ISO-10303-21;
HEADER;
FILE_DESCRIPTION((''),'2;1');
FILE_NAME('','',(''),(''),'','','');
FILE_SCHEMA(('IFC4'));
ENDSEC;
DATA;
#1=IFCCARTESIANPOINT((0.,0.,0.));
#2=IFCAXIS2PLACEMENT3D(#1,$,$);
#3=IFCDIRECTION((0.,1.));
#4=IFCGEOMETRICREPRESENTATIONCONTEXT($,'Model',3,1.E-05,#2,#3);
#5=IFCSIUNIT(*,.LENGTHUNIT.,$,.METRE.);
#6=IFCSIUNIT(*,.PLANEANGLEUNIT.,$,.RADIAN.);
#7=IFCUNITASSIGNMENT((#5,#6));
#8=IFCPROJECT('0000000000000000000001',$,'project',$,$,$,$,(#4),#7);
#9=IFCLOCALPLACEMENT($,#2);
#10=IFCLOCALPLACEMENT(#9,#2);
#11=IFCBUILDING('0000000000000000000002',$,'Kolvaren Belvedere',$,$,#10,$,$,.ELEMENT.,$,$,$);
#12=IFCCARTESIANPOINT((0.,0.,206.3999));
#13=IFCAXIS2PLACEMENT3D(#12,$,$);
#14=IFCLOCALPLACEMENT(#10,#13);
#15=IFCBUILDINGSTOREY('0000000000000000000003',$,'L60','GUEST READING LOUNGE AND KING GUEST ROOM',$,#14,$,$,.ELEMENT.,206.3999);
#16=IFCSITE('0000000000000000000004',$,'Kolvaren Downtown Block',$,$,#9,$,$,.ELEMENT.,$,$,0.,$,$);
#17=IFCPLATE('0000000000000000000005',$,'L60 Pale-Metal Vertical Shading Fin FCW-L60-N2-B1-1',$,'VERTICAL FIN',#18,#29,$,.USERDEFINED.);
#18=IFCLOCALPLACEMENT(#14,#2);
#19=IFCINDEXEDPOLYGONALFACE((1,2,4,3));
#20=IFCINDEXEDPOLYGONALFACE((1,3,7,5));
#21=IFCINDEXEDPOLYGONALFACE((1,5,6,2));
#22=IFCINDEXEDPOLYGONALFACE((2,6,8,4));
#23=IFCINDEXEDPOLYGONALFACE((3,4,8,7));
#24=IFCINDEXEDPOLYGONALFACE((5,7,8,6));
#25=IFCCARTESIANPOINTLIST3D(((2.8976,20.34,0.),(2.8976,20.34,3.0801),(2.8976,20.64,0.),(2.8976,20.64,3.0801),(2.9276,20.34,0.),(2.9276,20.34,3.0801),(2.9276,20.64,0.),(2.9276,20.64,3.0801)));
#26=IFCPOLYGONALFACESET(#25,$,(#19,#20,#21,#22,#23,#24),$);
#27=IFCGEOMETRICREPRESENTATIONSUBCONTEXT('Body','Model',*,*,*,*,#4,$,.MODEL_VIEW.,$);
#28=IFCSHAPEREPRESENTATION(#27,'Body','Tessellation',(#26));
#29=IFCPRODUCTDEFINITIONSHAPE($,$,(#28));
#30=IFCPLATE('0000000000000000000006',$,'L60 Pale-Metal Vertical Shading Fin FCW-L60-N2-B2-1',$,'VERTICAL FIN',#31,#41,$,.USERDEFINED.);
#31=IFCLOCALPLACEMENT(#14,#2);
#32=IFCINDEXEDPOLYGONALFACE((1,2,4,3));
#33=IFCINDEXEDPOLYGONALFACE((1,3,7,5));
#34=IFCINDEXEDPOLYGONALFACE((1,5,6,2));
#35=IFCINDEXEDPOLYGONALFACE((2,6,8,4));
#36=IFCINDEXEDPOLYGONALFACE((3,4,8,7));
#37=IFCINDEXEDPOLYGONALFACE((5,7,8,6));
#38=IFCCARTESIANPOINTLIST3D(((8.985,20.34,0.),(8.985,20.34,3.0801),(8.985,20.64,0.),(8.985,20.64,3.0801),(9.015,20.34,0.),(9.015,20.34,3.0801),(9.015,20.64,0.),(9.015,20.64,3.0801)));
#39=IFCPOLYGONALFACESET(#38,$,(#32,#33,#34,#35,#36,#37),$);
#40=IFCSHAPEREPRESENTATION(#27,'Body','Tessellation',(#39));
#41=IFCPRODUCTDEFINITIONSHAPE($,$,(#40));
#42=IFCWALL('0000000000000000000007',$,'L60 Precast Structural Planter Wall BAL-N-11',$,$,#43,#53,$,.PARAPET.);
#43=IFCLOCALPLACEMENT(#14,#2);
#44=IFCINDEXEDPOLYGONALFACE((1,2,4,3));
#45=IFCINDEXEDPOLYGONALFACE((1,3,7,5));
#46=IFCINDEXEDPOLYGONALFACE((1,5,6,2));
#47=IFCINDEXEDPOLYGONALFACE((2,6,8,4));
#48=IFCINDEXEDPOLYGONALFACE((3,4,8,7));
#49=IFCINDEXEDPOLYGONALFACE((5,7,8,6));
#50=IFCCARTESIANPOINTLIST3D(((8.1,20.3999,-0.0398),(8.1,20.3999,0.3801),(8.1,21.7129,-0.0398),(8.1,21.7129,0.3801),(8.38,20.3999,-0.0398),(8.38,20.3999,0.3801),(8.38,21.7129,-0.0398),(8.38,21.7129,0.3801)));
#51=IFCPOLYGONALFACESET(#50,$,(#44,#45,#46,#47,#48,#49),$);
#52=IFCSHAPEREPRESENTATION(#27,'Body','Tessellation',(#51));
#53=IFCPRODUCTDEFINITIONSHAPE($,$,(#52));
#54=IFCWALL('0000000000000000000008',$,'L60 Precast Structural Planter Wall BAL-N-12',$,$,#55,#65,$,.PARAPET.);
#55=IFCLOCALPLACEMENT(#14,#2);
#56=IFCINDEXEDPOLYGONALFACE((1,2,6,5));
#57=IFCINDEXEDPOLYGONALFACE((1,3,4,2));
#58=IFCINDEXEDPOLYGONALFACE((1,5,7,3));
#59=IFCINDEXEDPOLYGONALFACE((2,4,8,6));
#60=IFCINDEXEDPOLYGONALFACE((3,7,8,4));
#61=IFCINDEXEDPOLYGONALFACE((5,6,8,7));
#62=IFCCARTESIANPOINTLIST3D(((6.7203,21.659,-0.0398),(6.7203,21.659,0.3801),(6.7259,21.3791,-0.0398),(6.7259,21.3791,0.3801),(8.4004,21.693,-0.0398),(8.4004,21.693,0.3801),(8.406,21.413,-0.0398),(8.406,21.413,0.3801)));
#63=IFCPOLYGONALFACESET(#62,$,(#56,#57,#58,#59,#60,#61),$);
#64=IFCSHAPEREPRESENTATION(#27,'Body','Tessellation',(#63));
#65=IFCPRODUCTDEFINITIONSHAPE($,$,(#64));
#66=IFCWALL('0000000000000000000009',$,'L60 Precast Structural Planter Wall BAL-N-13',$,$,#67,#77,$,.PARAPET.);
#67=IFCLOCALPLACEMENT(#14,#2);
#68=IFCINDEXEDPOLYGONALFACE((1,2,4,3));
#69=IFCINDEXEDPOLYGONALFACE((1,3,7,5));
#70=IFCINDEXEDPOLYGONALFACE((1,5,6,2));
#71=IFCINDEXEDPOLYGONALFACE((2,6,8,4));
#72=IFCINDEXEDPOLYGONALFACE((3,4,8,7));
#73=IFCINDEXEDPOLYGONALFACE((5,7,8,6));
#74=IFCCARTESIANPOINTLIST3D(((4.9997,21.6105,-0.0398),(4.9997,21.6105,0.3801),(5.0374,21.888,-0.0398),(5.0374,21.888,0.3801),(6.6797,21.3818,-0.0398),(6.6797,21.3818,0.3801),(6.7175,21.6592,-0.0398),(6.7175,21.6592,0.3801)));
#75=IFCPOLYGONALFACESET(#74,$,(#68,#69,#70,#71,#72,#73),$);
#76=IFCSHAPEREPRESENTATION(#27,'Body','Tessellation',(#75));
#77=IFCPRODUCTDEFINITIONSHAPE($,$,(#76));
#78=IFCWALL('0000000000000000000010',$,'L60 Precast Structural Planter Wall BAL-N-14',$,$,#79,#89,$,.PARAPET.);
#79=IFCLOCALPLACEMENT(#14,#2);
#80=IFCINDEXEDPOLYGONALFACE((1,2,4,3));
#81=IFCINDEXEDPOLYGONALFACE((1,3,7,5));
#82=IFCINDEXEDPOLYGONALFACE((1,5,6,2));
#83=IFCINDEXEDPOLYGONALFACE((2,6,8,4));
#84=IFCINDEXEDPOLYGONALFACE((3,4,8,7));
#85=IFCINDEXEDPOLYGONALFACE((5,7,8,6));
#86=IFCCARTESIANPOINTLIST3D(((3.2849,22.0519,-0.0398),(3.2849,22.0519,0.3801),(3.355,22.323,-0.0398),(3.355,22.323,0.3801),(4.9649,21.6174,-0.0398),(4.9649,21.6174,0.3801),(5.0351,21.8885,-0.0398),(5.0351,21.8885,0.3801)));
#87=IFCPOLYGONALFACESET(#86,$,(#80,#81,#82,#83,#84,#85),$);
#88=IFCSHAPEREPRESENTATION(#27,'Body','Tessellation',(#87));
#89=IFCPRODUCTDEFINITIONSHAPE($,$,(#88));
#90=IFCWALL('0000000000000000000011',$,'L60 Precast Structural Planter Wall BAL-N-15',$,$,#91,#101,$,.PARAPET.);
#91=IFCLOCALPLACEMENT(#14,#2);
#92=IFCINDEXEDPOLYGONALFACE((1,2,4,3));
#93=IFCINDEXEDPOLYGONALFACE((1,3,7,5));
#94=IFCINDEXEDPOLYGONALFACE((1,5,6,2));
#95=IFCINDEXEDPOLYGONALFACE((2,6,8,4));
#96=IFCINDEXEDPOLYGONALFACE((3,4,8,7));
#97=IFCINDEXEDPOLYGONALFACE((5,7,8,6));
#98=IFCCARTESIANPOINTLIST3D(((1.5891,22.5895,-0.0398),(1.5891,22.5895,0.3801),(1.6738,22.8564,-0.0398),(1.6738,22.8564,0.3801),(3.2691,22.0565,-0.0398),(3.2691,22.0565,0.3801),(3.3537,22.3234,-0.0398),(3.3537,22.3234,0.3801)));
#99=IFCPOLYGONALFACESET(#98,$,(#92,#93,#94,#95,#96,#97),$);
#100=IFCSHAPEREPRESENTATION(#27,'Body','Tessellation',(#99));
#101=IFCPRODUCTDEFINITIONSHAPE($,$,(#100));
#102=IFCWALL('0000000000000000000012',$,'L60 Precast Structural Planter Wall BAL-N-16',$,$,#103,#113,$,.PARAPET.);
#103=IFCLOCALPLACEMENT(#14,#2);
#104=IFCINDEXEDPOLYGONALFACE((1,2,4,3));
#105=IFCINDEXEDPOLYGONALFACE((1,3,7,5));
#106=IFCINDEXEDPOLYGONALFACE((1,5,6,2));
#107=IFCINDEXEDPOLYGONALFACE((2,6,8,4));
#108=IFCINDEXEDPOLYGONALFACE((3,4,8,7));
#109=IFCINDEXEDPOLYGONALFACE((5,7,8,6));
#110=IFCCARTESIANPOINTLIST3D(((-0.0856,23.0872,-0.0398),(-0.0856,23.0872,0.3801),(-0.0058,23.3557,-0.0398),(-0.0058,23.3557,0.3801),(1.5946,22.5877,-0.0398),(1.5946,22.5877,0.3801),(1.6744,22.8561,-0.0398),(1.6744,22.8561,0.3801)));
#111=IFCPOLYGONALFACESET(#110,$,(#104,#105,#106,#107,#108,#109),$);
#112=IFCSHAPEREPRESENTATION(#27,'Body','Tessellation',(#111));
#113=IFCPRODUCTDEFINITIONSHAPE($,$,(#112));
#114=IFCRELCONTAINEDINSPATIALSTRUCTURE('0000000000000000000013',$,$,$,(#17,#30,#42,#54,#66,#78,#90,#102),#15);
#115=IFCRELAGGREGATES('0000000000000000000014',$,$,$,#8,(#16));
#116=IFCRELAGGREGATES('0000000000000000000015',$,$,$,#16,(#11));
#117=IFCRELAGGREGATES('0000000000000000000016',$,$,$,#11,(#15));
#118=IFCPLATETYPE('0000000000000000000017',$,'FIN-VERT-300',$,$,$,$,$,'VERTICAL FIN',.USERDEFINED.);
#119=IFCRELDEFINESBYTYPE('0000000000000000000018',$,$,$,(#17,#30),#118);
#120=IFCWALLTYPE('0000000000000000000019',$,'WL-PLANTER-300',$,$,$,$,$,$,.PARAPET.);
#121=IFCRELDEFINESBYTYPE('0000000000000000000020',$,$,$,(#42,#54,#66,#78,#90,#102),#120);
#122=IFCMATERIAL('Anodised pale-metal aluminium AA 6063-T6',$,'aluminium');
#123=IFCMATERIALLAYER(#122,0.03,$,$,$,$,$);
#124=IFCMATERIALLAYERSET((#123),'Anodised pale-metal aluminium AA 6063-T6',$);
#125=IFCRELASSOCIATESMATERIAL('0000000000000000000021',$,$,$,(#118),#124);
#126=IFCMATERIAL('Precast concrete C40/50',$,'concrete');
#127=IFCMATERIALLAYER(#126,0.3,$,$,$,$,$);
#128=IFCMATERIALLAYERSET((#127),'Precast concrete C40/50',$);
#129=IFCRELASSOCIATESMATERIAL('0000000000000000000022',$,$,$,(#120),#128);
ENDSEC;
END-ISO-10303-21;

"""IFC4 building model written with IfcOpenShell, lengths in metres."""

from ifc_helpers import new_model, si_unit, direction, frame, frame_2d, origin, origin_2d, place, context, subcontext, project, spatial, rectangle, extrude, material, layer, layer_set, type_object, element, save


model = new_model("IFC4")

# Units and contexts
model_context = context("Model", 3, precision=1e-05, world=origin(), true_north=direction((0.0, 1.0)))
body_context = subcontext(model_context, "Body", "Model", "MODEL_VIEW")
ifc_project = project(units=[si_unit("LENGTHUNIT", "METRE"), si_unit("PLANEANGLEUNIT", "RADIAN")], contexts=[model_context])

# Site, building, storey
site_placement = place(None, origin())
site = spatial("IfcSite", under=ifc_project, at=site_placement, Name="Kolvaren Downtown Block", CompositionType="ELEMENT", RefElevation=0.0)
building_placement = place(site_placement, origin())
building = spatial("IfcBuilding", under=site, at=building_placement, Name="Kolvaren Belvedere", CompositionType="ELEMENT")
storey_placement = place(building_placement, frame((0.0, 0.0, 206.3999)))
storey = spatial("IfcBuildingStorey", under=building, at=storey_placement, Name="L60", Description="GUEST READING LOUNGE AND KING GUEST ROOM", CompositionType="ELEMENT", Elevation=206.3999)

# Plates
ifc_material_1 = material(Name="Anodised pale-metal aluminium AA 6063-T6", Category="aluminium")
ifc_layer_1 = layer(ifc_material_1, 0.03)
ifc_layer_set_1 = layer_set([ifc_layer_1], Name="Anodised pale-metal aluminium AA 6063-T6")
plate_type_1 = type_object("IfcPlateType", Name="FIN-VERT-300", ElementType="VERTICAL FIN", PredefinedType="USERDEFINED", material=ifc_layer_set_1)
for number, where, z_axis, x_axis, name in (
    (1, (2.9126, 20.49, 0.0), (0.0, 0.0, 1.0), (0.0, 1.0, 0.0), "L60 Pale-Metal Vertical Shading Fin FCW-L60-N2-B1-1"),
    (2, (9.0, 20.49, 0.0), (0.0, 0.0, 1.0), (0.0, 1.0, 0.0), "L60 Pale-Metal Vertical Shading Fin FCW-L60-N2-B2-1"),
):
    element("IfcPlate", number, at=place(storey_placement, frame(where, z_axis=z_axis, x_axis=x_axis)), inside=storey, type_object=plate_type_1, Name=name, ObjectType="VERTICAL FIN", PredefinedType="USERDEFINED", context=body_context, shape_type="SweptSolid", body=[
        extrude(rectangle(XDim=0.3, YDim=0.03, at=origin_2d()), origin(), (0.0, 0.0, 1.0), 3.0801),
    ])

# Walls
ifc_material_2 = material(Name="Precast concrete C40/50", Category="concrete")
ifc_layer_2 = layer(ifc_material_2, 0.3)
ifc_layer_set_2 = layer_set([ifc_layer_2], Name="Precast concrete C40/50")
wall_type = type_object("IfcWallType", Name="WL-PLANTER-300", PredefinedType="PARAPET", material=ifc_layer_set_2)
wall_1_placement = place(storey_placement, frame((8.24, 20.3999, -0.0398), z_axis=(0.0, 0.0, 1.0), x_axis=(0.0, 1.0, 0.0)))
element("IfcWall", 3, at=wall_1_placement, inside=storey, type_object=wall_type, Name="L60 Precast Structural Planter Wall BAL-N-11", PredefinedType="PARAPET", context=body_context, shape_type="SweptSolid", body=[
    extrude(rectangle(XDim=1.313, YDim=0.28, at=frame_2d((0.6565, 0.0))), origin(), (0.0, 0.0, 1.0), 0.4199),
])
wall_2_placement = place(storey_placement, frame((8.4033, 21.553, -0.0398), z_axis=(0.0, 0.0, 1.0), x_axis=(-0.999796, -0.020193, 0.0)))
element("IfcWall", 4, at=wall_2_placement, inside=storey, type_object=wall_type, Name="L60 Precast Structural Planter Wall BAL-N-12", PredefinedType="PARAPET", context=body_context, shape_type="SweptSolid", body=[
    extrude(rectangle(XDim=1.6804, YDim=0.28, at=frame_2d((0.8403, 0.0))), origin(), (0.0, 0.0, 1.0), 0.4199),
])
wall_3_placement = place(storey_placement, frame((6.6985, 21.5205, -0.0398), z_axis=(0.0, 0.0, 1.0), x_axis=(-0.990858, 0.134908, 0.0)))
element("IfcWall", 5, at=wall_3_placement, inside=storey, type_object=wall_type, Name="L60 Precast Structural Planter Wall BAL-N-13", PredefinedType="PARAPET", context=body_context, shape_type="SweptSolid", body=[
    extrude(rectangle(XDim=1.6956, YDim=0.28, at=frame_2d((0.8477, 0.0))), origin(), (0.0, 0.0, 1.0), 0.4199),
])
wall_4_placement = place(storey_placement, frame((5.0, 21.7529, -0.0398), z_axis=(0.0, 0.0, 1.0), x_axis=(-0.968141, 0.250406, 0.0)))
element("IfcWall", 6, at=wall_4_placement, inside=storey, type_object=wall_type, Name="L60 Precast Structural Planter Wall BAL-N-14", PredefinedType="PARAPET", context=body_context, shape_type="SweptSolid", body=[
    extrude(rectangle(XDim=1.7354, YDim=0.28, at=frame_2d((0.8677, 0.0))), origin(), (0.0, 0.0, 1.0), 0.4199),
])
wall_5_placement = place(storey_placement, frame((3.3115, 22.1899, -0.0398), z_axis=(0.0, 0.0, 1.0), x_axis=(-0.953182, 0.302397, 0.0)))
element("IfcWall", 7, at=wall_5_placement, inside=storey, type_object=wall_type, Name="L60 Precast Structural Planter Wall BAL-N-15", PredefinedType="PARAPET", context=body_context, shape_type="SweptSolid", body=[
    extrude(rectangle(XDim=1.7625, YDim=0.28, at=frame_2d((0.8813, 0.0))), origin(), (0.0, 0.0, 1.0), 0.4199),
])
wall_6_placement = place(storey_placement, frame((1.6345, 22.7219, -0.0398), z_axis=(0.0, 0.0, 1.0), x_axis=(-0.958536, 0.28497, 0.0)))
element("IfcWall", 8, at=wall_6_placement, inside=storey, type_object=wall_type, Name="L60 Precast Structural Planter Wall BAL-N-16", PredefinedType="PARAPET", context=body_context, shape_type="SweptSolid", body=[
    extrude(rectangle(XDim=1.7529, YDim=0.28, at=frame_2d((0.8765, 0.0))), origin(), (0.0, 0.0, 1.0), 0.4199),
])

save(model, "model.ifc")
